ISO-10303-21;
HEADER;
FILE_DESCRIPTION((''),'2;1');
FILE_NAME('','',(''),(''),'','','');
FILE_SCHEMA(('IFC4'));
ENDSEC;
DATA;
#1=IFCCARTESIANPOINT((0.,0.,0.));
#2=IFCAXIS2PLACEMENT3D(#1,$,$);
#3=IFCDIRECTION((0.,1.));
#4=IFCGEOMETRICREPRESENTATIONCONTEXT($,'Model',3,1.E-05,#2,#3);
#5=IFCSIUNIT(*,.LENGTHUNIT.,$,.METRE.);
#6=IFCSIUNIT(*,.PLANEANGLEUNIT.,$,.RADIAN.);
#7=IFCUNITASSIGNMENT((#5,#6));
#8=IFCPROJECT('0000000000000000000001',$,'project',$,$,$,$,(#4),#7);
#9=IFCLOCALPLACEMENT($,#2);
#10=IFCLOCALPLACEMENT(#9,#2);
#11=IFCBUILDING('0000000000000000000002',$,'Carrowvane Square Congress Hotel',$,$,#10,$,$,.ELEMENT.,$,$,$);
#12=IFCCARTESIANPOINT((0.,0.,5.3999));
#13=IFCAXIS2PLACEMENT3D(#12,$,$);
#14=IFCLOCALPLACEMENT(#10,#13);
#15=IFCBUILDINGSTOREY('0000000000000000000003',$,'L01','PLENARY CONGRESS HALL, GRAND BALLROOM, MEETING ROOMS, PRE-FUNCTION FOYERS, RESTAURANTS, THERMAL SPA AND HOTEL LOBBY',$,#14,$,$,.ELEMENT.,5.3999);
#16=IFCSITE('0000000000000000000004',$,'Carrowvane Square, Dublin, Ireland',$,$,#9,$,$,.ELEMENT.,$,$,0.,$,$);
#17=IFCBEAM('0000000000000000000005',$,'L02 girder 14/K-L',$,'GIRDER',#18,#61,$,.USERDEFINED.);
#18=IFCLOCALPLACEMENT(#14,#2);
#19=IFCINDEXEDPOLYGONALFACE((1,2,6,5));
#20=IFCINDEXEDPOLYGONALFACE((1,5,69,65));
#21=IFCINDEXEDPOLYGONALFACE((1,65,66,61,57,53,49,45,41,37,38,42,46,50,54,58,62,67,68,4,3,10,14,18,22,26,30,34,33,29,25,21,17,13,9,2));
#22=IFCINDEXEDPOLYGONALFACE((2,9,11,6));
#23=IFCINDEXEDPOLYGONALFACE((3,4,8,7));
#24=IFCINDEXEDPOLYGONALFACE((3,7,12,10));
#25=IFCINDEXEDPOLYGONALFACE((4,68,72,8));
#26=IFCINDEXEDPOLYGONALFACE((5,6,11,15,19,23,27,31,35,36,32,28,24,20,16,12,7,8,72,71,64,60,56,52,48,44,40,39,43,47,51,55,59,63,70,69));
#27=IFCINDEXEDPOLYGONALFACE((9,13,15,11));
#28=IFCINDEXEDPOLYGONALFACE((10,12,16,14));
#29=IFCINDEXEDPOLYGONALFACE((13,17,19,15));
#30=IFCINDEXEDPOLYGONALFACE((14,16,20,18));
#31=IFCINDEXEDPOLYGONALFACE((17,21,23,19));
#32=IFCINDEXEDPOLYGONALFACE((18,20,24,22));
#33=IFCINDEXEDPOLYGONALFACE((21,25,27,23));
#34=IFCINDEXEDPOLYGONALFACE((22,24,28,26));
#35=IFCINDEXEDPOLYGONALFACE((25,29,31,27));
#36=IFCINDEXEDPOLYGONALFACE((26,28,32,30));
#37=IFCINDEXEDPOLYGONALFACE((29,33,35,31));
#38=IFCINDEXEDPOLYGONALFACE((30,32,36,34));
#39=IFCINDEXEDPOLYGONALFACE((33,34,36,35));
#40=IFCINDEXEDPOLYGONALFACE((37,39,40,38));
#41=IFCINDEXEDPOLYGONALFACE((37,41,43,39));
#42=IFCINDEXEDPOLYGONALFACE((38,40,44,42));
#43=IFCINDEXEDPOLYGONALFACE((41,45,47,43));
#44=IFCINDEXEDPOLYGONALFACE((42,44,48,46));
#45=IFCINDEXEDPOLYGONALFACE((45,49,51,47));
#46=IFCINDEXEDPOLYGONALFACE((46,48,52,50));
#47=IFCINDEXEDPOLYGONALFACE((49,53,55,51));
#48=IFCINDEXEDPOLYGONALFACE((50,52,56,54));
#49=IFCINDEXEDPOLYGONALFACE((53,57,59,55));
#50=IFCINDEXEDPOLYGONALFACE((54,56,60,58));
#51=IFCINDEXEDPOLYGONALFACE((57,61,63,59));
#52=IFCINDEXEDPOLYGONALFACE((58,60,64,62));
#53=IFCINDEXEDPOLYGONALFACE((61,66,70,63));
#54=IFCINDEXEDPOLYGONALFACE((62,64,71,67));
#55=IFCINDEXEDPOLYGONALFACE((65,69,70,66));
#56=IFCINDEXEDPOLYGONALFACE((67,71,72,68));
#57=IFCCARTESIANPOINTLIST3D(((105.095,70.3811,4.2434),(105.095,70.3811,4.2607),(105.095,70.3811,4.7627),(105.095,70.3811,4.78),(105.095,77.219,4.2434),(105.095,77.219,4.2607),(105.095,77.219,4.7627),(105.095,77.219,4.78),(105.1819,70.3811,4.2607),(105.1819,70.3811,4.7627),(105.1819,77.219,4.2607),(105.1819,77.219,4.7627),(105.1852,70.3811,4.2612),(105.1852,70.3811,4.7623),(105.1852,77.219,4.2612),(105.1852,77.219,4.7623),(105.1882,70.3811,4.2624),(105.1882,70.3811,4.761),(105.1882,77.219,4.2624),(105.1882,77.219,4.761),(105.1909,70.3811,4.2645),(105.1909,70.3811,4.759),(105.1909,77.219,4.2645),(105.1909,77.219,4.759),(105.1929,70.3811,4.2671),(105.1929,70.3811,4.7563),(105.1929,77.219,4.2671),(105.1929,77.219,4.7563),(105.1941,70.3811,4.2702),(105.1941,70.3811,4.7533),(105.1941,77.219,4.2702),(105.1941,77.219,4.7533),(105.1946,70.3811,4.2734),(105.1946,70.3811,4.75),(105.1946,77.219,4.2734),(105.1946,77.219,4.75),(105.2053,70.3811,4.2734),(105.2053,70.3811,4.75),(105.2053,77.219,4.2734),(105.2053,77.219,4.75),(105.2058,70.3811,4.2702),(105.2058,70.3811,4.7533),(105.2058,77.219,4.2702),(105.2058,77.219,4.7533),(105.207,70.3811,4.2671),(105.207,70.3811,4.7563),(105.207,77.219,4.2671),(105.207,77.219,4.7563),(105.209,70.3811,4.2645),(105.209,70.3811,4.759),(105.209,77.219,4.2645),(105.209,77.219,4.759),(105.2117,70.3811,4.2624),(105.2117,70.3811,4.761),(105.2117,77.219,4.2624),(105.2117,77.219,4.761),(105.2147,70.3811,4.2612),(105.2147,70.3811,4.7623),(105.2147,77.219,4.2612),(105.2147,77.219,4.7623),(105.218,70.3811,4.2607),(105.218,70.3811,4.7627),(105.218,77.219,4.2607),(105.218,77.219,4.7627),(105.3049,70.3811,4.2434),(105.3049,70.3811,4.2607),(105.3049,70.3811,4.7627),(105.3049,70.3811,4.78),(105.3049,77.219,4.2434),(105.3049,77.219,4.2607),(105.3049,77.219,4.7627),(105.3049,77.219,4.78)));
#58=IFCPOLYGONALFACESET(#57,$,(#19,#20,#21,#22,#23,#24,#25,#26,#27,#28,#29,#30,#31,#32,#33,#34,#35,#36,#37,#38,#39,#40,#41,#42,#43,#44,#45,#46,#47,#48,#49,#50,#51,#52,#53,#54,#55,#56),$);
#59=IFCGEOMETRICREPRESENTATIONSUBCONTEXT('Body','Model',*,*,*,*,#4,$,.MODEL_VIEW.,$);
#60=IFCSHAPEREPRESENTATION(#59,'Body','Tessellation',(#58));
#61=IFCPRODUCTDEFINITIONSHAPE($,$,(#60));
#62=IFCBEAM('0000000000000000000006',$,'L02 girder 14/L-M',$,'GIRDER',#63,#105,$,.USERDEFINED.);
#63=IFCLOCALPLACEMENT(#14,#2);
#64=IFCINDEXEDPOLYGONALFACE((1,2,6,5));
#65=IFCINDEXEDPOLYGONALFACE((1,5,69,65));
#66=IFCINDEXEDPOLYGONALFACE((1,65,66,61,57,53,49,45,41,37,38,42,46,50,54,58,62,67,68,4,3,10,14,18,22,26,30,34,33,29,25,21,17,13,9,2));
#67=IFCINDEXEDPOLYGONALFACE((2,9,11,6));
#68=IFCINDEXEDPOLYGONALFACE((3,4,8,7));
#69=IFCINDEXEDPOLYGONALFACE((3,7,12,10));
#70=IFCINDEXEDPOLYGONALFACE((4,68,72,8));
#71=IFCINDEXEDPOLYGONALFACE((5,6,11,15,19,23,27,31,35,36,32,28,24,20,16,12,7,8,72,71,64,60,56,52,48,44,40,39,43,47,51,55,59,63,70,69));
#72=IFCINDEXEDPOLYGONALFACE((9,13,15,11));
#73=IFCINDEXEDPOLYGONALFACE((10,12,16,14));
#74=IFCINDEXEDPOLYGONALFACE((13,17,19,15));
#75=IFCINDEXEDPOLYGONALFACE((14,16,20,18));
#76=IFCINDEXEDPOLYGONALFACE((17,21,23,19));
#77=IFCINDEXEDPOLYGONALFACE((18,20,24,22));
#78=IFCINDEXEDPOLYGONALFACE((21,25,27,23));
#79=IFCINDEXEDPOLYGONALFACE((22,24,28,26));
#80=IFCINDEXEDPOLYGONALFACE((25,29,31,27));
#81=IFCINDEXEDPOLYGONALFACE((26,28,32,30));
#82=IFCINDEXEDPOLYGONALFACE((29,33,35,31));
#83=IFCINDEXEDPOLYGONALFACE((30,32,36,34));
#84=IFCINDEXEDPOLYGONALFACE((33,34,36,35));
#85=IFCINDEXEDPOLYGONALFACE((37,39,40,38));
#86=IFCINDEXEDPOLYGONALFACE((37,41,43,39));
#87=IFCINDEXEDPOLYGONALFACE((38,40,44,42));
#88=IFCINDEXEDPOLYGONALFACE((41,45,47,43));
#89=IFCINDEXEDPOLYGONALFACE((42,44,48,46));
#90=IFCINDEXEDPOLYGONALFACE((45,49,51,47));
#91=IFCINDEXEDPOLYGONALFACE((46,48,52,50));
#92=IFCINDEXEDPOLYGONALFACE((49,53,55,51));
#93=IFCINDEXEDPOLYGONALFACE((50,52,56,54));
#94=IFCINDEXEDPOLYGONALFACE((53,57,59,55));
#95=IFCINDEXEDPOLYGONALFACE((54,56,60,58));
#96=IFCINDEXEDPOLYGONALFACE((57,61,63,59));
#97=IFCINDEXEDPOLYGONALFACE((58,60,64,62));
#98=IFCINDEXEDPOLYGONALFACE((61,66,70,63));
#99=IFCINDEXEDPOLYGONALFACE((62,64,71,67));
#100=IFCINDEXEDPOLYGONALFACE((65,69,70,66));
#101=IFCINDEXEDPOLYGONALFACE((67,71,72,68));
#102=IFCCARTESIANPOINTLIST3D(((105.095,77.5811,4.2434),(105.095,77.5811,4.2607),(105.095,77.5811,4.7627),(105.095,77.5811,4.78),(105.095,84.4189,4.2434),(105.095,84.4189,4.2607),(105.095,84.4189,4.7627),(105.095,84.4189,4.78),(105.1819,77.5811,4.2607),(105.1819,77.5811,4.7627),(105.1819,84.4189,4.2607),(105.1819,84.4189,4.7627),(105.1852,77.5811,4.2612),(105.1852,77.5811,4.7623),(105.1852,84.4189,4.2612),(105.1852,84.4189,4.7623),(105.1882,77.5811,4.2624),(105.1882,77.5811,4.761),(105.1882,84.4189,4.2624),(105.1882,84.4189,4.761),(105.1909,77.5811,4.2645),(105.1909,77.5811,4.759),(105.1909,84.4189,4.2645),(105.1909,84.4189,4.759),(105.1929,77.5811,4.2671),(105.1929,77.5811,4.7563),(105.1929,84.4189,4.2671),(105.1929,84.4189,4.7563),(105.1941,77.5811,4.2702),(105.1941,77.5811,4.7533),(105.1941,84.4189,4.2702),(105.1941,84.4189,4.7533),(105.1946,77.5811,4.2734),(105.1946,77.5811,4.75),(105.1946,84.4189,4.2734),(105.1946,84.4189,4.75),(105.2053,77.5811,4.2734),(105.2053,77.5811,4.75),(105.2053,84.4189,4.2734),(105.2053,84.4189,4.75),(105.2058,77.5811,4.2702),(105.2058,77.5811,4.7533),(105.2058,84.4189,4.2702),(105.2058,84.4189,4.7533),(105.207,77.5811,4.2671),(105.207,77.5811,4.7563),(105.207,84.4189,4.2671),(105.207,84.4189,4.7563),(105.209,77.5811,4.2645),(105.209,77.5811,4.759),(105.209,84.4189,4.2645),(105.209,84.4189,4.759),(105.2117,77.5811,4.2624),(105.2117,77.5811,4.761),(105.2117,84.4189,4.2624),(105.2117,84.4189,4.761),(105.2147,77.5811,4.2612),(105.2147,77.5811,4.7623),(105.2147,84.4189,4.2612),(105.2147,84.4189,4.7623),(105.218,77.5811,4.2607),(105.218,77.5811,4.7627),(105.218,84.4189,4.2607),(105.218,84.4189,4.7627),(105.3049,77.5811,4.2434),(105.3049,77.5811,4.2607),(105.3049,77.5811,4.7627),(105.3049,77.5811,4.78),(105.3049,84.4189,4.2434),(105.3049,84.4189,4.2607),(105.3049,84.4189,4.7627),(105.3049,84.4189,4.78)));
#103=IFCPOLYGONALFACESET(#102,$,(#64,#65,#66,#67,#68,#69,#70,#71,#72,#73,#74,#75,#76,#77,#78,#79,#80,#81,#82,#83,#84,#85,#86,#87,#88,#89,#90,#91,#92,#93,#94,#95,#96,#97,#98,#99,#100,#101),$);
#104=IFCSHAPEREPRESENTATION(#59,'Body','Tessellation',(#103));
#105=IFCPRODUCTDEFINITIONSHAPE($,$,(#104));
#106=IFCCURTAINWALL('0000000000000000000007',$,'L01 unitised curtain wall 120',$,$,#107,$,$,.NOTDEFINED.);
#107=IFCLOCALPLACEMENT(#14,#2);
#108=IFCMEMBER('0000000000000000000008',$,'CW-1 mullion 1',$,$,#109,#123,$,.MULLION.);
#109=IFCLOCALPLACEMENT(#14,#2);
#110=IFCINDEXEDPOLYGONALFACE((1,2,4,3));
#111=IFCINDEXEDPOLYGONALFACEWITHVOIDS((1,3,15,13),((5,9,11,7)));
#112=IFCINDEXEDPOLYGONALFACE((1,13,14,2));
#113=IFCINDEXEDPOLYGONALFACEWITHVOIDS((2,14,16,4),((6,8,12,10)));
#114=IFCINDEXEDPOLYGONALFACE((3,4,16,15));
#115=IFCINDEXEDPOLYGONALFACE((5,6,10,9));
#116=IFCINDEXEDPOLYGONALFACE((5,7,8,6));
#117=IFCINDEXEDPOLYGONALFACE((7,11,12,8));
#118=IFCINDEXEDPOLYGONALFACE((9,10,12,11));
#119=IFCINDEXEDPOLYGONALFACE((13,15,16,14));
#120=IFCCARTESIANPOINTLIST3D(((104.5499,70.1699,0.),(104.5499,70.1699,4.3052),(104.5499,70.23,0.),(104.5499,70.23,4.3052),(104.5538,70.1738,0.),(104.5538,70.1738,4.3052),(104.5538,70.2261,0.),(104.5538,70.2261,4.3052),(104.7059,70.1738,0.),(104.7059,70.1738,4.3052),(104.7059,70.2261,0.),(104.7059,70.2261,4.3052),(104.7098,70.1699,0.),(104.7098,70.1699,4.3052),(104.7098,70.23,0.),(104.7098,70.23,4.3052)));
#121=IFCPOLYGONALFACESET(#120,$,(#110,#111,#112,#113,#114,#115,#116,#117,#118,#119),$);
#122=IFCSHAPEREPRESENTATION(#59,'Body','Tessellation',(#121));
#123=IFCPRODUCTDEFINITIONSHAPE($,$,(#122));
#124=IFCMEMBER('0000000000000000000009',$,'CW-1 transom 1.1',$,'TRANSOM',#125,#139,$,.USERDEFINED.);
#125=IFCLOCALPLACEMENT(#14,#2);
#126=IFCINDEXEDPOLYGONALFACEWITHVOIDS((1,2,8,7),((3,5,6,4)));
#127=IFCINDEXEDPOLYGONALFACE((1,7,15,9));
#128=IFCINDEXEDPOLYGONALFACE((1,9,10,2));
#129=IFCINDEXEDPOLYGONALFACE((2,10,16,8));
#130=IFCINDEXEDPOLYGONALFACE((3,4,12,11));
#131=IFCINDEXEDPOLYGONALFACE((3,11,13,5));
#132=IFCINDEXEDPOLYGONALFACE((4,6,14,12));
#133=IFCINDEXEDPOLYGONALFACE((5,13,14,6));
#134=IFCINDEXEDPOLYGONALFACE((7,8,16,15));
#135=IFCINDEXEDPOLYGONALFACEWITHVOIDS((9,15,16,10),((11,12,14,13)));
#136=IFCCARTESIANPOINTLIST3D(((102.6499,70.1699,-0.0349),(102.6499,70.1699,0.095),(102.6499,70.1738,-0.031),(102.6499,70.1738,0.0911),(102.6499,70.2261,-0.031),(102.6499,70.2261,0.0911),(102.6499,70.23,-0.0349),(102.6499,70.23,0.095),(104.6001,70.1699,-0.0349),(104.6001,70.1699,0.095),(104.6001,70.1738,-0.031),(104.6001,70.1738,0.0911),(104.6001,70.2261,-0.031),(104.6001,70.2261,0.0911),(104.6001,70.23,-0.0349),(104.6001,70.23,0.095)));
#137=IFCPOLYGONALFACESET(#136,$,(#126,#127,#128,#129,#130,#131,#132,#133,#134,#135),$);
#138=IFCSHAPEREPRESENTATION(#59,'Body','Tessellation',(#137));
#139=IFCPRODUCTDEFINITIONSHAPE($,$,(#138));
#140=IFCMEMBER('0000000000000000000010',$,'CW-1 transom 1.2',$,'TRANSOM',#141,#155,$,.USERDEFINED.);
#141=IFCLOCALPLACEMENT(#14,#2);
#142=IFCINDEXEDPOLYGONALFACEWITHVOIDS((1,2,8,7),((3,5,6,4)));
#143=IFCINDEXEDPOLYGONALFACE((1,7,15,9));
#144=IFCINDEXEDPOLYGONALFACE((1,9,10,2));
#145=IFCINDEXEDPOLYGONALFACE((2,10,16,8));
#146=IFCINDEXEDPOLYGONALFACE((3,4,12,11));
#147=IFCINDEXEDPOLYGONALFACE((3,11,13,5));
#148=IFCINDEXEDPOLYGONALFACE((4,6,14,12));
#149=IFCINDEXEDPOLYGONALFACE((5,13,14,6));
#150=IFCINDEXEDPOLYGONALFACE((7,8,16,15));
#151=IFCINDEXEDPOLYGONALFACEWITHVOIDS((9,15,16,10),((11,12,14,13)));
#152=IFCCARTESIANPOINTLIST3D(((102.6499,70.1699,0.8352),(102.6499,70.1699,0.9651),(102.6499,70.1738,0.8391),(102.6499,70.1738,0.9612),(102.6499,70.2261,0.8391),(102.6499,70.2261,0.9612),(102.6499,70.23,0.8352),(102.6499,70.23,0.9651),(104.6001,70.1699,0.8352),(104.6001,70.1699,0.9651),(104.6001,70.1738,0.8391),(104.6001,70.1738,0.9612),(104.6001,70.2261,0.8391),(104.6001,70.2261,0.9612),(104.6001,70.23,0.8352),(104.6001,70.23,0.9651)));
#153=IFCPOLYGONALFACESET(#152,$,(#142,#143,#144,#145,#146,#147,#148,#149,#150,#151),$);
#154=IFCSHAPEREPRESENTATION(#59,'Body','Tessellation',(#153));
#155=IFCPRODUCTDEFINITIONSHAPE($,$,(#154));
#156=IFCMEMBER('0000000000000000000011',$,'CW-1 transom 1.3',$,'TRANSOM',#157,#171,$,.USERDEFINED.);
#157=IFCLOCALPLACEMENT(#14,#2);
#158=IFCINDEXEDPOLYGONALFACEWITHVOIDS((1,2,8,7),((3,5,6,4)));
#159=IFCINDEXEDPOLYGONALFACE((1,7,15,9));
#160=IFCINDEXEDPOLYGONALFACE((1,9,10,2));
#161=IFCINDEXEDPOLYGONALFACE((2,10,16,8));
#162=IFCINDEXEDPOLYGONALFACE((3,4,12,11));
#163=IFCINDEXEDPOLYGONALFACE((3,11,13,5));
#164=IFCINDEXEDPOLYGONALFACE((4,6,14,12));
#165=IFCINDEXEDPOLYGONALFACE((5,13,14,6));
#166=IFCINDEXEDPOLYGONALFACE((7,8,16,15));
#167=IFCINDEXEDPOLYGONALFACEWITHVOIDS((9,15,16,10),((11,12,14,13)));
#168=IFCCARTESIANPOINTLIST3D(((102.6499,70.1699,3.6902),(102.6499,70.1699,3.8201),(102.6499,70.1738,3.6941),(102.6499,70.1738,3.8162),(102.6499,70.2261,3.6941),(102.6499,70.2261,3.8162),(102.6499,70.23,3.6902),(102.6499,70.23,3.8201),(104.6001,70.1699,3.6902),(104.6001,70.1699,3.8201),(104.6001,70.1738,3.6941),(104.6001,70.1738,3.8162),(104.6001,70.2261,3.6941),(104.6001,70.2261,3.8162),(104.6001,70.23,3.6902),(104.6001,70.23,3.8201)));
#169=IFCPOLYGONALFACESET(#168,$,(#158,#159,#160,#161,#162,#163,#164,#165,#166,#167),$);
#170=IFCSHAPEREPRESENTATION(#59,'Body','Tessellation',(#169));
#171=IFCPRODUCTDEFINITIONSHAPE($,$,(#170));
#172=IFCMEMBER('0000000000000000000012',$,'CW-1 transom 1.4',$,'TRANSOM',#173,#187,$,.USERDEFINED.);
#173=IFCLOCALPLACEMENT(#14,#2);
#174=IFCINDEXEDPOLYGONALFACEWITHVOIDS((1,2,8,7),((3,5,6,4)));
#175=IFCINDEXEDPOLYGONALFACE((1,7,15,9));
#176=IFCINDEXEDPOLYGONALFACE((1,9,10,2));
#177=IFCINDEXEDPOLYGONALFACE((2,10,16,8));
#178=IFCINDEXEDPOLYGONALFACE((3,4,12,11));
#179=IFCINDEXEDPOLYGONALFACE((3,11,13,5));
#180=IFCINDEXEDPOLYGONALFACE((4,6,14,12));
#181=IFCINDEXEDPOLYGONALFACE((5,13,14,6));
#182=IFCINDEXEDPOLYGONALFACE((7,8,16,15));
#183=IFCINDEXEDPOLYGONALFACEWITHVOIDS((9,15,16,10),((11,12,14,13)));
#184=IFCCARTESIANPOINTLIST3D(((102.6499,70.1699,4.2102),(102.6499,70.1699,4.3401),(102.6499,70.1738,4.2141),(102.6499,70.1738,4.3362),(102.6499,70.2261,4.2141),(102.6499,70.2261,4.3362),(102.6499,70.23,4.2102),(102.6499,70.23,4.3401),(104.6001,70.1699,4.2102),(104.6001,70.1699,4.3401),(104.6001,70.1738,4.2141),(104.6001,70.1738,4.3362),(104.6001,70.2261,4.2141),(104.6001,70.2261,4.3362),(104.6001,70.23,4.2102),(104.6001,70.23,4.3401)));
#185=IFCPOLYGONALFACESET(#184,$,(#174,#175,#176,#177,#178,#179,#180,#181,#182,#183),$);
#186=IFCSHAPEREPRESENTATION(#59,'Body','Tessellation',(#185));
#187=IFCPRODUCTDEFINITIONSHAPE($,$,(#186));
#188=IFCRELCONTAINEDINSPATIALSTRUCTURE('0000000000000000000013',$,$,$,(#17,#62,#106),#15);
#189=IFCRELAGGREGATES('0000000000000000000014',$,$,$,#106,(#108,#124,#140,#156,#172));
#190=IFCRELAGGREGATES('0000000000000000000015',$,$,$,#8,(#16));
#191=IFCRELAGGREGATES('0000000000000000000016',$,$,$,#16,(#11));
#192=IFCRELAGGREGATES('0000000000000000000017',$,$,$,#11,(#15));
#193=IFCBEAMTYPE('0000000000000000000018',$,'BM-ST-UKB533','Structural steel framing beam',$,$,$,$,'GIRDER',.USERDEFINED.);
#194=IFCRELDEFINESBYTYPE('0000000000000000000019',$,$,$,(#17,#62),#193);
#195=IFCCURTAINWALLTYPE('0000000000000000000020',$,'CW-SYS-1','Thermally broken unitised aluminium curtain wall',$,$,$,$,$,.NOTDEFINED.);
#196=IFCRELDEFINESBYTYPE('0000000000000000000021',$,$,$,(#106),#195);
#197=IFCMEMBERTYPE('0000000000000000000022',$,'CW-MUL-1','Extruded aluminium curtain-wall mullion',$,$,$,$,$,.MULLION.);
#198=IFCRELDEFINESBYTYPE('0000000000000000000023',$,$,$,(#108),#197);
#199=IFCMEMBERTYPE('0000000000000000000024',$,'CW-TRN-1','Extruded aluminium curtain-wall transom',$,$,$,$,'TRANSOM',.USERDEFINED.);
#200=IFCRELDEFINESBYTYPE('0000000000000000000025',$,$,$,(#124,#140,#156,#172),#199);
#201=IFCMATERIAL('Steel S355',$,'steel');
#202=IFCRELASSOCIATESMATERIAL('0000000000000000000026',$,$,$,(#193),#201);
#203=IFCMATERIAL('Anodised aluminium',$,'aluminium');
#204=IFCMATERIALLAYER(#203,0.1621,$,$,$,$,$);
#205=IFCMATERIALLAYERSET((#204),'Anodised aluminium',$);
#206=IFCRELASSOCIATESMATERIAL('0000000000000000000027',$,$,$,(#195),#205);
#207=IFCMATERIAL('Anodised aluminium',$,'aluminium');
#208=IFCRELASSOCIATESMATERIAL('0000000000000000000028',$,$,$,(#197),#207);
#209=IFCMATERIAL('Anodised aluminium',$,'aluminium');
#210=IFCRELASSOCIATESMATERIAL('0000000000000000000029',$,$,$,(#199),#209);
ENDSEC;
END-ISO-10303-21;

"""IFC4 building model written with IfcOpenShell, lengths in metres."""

from ifc_helpers import new_model, si_unit, direction, frame, origin, origin_2d, place, context, subcontext, project, spatial, hollow_rectangle, i_section, extrude, material, layer, layer_set, material_profile, profile_set, type_object, element, aggregate, save


model = new_model("IFC4")

# Units and contexts
model_context = context("Model", 3, precision=1e-05, world=origin(), true_north=direction((0.0, 1.0)))
body_context = subcontext(model_context, "Body", "Model", "MODEL_VIEW")
ifc_project = project(units=[si_unit("LENGTHUNIT", "METRE"), si_unit("PLANEANGLEUNIT", "RADIAN")], contexts=[model_context])

# Site, building, storey
site_placement = place(None, origin())
site = spatial("IfcSite", under=ifc_project, at=site_placement, Name="Carrowvane Square, Dublin, Ireland", CompositionType="ELEMENT", RefElevation=0.0)
building_placement = place(site_placement, origin())
building = spatial("IfcBuilding", under=site, at=building_placement, Name="Carrowvane Square Congress Hotel", CompositionType="ELEMENT")
storey_placement = place(building_placement, frame((0.0, 0.0, 5.3999)))
storey = spatial("IfcBuildingStorey", under=building, at=storey_placement, Name="L01", Description="PLENARY CONGRESS HALL, GRAND BALLROOM, MEETING ROOMS, PRE-FUNCTION FOYERS, RESTAURANTS, THERMAL SPA AND HOTEL LOBBY", CompositionType="ELEMENT", Elevation=5.3999)

# Beams
ifc_material_1 = material(Name="Steel S355", Category="steel")
ifc_material_profile_1 = material_profile(ifc_material_1, i_section(OverallWidth=0.21, OverallDepth=0.5366, WebThickness=0.0107, FlangeThickness=0.0173, FilletRadius=0.0127, at=origin_2d()), Name="UKB 533x210x101")
ifc_profile_set_1 = profile_set([ifc_material_profile_1], Name="Steel S355")
beam_type_1 = type_object("IfcBeamType", Name="BM-ST-UKB533", Description="Structural steel framing beam", ElementType="GIRDER", PredefinedType="USERDEFINED", material=ifc_profile_set_1)
for number, where, z_axis, x_axis, name in (
    (1, (105.2, 70.3811, 4.5117), (0.0, 1.0, 0.0), (-1.0, 0.0, 0.0), "L02 girder 14/K-L"),
    (2, (105.2, 77.5811, 4.5117), (0.0, 1.0, 0.0), (-1.0, 0.0, 0.0), "L02 girder 14/L-M"),
):
    element("IfcBeam", number, at=place(storey_placement, frame(where, z_axis=z_axis, x_axis=x_axis)), inside=storey, type_object=beam_type_1, Name=name, ObjectType="GIRDER", PredefinedType="USERDEFINED", context=body_context, shape_type="SweptSolid", body=[
        extrude(i_section(OverallWidth=0.21, OverallDepth=0.5366, WebThickness=0.0107, FlangeThickness=0.0173, FilletRadius=0.0127, at=origin_2d()), origin(), (0.0, 0.0, 1.0), 6.8379),
    ])

# Curtain wall, members
ifc_material_2 = material(Name="Anodised aluminium", Category="aluminium")
ifc_layer_1 = layer(ifc_material_2, 0.1621)
ifc_layer_set_1 = layer_set([ifc_layer_1], Name="Anodised aluminium")
curtain_wall_type = type_object("IfcCurtainWallType", Name="CW-SYS-1", Description="Thermally broken unitised aluminium curtain wall", PredefinedType="NOTDEFINED", material=ifc_layer_set_1)
curtain_wall_placement = place(storey_placement, origin())
curtain_wall = element("IfcCurtainWall", 3, at=curtain_wall_placement, inside=storey, type_object=curtain_wall_type, Name="L01 unitised curtain wall 120", PredefinedType="NOTDEFINED")
ifc_material_3 = material(Name="Anodised aluminium", Category="aluminium")
ifc_material_profile_2 = material_profile(ifc_material_3, hollow_rectangle(XDim=0.0601, YDim=0.1599, WallThickness=0.0039, at=origin_2d()), Name="CW-ML 60x160x4")
ifc_profile_set_2 = profile_set([ifc_material_profile_2], Name="Anodised aluminium")
member_type_1 = type_object("IfcMemberType", Name="CW-MUL-1", Description="Extruded aluminium curtain-wall mullion", PredefinedType="MULLION", material=ifc_profile_set_2)
member_1_placement = place(storey_placement, frame((104.6299, 70.2, 0.0), z_axis=(0.0, 0.0, 1.0), x_axis=(0.0, -1.0, 0.0)))
member_1 = element("IfcMember", 4, at=member_1_placement, type_object=member_type_1, Name="CW-1 mullion 1", PredefinedType="MULLION", context=body_context, shape_type="SweptSolid", body=[
    extrude(hollow_rectangle(XDim=0.0601, YDim=0.1599, WallThickness=0.0039, at=origin_2d()), origin(), (0.0, 0.0, 1.0), 4.3052),
])
ifc_material_4 = material(Name="Anodised aluminium", Category="aluminium")
ifc_material_profile_3 = material_profile(ifc_material_4, hollow_rectangle(XDim=0.0601, YDim=0.1299, WallThickness=0.0039, at=origin_2d()), Name="CW-TR 60x130x4")
ifc_profile_set_3 = profile_set([ifc_material_profile_3], Name="Anodised aluminium")
member_type_2 = type_object("IfcMemberType", Name="CW-TRN-1", Description="Extruded aluminium curtain-wall transom", ElementType="TRANSOM", PredefinedType="USERDEFINED", material=ifc_profile_set_3)
member_2_placement = place(storey_placement, frame((104.6001, 70.2, 0.03), z_axis=(-1.0, 0.0, 0.0), x_axis=(0.0, -1.0, 0.0)))
member_2 = element("IfcMember", 5, at=member_2_placement, type_object=member_type_2, Name="CW-1 transom 1.1", ObjectType="TRANSOM", PredefinedType="USERDEFINED", context=body_context, shape_type="SweptSolid", body=[
    extrude(hollow_rectangle(XDim=0.0601, YDim=0.1299, WallThickness=0.0039, at=origin_2d()), origin(), (0.0, 0.0, 1.0), 1.9502),
])
member_3_placement = place(storey_placement, frame((104.6001, 70.2, 0.9001), z_axis=(-1.0, 0.0, 0.0), x_axis=(0.0, -1.0, 0.0)))
member_3 = element("IfcMember", 6, at=member_3_placement, type_object=member_type_2, Name="CW-1 transom 1.2", ObjectType="TRANSOM", PredefinedType="USERDEFINED", context=body_context, shape_type="SweptSolid", body=[
    extrude(hollow_rectangle(XDim=0.0601, YDim=0.1299, WallThickness=0.0039, at=origin_2d()), origin(), (0.0, 0.0, 1.0), 1.9502),
])
member_4_placement = place(storey_placement, frame((104.6001, 70.2, 3.7551), z_axis=(-1.0, 0.0, 0.0), x_axis=(0.0, -1.0, 0.0)))
member_4 = element("IfcMember", 7, at=member_4_placement, type_object=member_type_2, Name="CW-1 transom 1.3", ObjectType="TRANSOM", PredefinedType="USERDEFINED", context=body_context, shape_type="SweptSolid", body=[
    extrude(hollow_rectangle(XDim=0.0601, YDim=0.1299, WallThickness=0.0039, at=origin_2d()), origin(), (0.0, 0.0, 1.0), 1.9502),
])
member_5_placement = place(storey_placement, frame((104.6001, 70.2, 4.2751), z_axis=(-1.0, 0.0, 0.0), x_axis=(0.0, -1.0, 0.0)))
member_5 = element("IfcMember", 8, at=member_5_placement, type_object=member_type_2, Name="CW-1 transom 1.4", ObjectType="TRANSOM", PredefinedType="USERDEFINED", context=body_context, shape_type="SweptSolid", body=[
    extrude(hollow_rectangle(XDim=0.0601, YDim=0.1299, WallThickness=0.0039, at=origin_2d()), origin(), (0.0, 0.0, 1.0), 1.9502),
])

aggregate(curtain_wall, [member_1, member_2, member_3, member_4, member_5])

save(model, "model.ifc")
